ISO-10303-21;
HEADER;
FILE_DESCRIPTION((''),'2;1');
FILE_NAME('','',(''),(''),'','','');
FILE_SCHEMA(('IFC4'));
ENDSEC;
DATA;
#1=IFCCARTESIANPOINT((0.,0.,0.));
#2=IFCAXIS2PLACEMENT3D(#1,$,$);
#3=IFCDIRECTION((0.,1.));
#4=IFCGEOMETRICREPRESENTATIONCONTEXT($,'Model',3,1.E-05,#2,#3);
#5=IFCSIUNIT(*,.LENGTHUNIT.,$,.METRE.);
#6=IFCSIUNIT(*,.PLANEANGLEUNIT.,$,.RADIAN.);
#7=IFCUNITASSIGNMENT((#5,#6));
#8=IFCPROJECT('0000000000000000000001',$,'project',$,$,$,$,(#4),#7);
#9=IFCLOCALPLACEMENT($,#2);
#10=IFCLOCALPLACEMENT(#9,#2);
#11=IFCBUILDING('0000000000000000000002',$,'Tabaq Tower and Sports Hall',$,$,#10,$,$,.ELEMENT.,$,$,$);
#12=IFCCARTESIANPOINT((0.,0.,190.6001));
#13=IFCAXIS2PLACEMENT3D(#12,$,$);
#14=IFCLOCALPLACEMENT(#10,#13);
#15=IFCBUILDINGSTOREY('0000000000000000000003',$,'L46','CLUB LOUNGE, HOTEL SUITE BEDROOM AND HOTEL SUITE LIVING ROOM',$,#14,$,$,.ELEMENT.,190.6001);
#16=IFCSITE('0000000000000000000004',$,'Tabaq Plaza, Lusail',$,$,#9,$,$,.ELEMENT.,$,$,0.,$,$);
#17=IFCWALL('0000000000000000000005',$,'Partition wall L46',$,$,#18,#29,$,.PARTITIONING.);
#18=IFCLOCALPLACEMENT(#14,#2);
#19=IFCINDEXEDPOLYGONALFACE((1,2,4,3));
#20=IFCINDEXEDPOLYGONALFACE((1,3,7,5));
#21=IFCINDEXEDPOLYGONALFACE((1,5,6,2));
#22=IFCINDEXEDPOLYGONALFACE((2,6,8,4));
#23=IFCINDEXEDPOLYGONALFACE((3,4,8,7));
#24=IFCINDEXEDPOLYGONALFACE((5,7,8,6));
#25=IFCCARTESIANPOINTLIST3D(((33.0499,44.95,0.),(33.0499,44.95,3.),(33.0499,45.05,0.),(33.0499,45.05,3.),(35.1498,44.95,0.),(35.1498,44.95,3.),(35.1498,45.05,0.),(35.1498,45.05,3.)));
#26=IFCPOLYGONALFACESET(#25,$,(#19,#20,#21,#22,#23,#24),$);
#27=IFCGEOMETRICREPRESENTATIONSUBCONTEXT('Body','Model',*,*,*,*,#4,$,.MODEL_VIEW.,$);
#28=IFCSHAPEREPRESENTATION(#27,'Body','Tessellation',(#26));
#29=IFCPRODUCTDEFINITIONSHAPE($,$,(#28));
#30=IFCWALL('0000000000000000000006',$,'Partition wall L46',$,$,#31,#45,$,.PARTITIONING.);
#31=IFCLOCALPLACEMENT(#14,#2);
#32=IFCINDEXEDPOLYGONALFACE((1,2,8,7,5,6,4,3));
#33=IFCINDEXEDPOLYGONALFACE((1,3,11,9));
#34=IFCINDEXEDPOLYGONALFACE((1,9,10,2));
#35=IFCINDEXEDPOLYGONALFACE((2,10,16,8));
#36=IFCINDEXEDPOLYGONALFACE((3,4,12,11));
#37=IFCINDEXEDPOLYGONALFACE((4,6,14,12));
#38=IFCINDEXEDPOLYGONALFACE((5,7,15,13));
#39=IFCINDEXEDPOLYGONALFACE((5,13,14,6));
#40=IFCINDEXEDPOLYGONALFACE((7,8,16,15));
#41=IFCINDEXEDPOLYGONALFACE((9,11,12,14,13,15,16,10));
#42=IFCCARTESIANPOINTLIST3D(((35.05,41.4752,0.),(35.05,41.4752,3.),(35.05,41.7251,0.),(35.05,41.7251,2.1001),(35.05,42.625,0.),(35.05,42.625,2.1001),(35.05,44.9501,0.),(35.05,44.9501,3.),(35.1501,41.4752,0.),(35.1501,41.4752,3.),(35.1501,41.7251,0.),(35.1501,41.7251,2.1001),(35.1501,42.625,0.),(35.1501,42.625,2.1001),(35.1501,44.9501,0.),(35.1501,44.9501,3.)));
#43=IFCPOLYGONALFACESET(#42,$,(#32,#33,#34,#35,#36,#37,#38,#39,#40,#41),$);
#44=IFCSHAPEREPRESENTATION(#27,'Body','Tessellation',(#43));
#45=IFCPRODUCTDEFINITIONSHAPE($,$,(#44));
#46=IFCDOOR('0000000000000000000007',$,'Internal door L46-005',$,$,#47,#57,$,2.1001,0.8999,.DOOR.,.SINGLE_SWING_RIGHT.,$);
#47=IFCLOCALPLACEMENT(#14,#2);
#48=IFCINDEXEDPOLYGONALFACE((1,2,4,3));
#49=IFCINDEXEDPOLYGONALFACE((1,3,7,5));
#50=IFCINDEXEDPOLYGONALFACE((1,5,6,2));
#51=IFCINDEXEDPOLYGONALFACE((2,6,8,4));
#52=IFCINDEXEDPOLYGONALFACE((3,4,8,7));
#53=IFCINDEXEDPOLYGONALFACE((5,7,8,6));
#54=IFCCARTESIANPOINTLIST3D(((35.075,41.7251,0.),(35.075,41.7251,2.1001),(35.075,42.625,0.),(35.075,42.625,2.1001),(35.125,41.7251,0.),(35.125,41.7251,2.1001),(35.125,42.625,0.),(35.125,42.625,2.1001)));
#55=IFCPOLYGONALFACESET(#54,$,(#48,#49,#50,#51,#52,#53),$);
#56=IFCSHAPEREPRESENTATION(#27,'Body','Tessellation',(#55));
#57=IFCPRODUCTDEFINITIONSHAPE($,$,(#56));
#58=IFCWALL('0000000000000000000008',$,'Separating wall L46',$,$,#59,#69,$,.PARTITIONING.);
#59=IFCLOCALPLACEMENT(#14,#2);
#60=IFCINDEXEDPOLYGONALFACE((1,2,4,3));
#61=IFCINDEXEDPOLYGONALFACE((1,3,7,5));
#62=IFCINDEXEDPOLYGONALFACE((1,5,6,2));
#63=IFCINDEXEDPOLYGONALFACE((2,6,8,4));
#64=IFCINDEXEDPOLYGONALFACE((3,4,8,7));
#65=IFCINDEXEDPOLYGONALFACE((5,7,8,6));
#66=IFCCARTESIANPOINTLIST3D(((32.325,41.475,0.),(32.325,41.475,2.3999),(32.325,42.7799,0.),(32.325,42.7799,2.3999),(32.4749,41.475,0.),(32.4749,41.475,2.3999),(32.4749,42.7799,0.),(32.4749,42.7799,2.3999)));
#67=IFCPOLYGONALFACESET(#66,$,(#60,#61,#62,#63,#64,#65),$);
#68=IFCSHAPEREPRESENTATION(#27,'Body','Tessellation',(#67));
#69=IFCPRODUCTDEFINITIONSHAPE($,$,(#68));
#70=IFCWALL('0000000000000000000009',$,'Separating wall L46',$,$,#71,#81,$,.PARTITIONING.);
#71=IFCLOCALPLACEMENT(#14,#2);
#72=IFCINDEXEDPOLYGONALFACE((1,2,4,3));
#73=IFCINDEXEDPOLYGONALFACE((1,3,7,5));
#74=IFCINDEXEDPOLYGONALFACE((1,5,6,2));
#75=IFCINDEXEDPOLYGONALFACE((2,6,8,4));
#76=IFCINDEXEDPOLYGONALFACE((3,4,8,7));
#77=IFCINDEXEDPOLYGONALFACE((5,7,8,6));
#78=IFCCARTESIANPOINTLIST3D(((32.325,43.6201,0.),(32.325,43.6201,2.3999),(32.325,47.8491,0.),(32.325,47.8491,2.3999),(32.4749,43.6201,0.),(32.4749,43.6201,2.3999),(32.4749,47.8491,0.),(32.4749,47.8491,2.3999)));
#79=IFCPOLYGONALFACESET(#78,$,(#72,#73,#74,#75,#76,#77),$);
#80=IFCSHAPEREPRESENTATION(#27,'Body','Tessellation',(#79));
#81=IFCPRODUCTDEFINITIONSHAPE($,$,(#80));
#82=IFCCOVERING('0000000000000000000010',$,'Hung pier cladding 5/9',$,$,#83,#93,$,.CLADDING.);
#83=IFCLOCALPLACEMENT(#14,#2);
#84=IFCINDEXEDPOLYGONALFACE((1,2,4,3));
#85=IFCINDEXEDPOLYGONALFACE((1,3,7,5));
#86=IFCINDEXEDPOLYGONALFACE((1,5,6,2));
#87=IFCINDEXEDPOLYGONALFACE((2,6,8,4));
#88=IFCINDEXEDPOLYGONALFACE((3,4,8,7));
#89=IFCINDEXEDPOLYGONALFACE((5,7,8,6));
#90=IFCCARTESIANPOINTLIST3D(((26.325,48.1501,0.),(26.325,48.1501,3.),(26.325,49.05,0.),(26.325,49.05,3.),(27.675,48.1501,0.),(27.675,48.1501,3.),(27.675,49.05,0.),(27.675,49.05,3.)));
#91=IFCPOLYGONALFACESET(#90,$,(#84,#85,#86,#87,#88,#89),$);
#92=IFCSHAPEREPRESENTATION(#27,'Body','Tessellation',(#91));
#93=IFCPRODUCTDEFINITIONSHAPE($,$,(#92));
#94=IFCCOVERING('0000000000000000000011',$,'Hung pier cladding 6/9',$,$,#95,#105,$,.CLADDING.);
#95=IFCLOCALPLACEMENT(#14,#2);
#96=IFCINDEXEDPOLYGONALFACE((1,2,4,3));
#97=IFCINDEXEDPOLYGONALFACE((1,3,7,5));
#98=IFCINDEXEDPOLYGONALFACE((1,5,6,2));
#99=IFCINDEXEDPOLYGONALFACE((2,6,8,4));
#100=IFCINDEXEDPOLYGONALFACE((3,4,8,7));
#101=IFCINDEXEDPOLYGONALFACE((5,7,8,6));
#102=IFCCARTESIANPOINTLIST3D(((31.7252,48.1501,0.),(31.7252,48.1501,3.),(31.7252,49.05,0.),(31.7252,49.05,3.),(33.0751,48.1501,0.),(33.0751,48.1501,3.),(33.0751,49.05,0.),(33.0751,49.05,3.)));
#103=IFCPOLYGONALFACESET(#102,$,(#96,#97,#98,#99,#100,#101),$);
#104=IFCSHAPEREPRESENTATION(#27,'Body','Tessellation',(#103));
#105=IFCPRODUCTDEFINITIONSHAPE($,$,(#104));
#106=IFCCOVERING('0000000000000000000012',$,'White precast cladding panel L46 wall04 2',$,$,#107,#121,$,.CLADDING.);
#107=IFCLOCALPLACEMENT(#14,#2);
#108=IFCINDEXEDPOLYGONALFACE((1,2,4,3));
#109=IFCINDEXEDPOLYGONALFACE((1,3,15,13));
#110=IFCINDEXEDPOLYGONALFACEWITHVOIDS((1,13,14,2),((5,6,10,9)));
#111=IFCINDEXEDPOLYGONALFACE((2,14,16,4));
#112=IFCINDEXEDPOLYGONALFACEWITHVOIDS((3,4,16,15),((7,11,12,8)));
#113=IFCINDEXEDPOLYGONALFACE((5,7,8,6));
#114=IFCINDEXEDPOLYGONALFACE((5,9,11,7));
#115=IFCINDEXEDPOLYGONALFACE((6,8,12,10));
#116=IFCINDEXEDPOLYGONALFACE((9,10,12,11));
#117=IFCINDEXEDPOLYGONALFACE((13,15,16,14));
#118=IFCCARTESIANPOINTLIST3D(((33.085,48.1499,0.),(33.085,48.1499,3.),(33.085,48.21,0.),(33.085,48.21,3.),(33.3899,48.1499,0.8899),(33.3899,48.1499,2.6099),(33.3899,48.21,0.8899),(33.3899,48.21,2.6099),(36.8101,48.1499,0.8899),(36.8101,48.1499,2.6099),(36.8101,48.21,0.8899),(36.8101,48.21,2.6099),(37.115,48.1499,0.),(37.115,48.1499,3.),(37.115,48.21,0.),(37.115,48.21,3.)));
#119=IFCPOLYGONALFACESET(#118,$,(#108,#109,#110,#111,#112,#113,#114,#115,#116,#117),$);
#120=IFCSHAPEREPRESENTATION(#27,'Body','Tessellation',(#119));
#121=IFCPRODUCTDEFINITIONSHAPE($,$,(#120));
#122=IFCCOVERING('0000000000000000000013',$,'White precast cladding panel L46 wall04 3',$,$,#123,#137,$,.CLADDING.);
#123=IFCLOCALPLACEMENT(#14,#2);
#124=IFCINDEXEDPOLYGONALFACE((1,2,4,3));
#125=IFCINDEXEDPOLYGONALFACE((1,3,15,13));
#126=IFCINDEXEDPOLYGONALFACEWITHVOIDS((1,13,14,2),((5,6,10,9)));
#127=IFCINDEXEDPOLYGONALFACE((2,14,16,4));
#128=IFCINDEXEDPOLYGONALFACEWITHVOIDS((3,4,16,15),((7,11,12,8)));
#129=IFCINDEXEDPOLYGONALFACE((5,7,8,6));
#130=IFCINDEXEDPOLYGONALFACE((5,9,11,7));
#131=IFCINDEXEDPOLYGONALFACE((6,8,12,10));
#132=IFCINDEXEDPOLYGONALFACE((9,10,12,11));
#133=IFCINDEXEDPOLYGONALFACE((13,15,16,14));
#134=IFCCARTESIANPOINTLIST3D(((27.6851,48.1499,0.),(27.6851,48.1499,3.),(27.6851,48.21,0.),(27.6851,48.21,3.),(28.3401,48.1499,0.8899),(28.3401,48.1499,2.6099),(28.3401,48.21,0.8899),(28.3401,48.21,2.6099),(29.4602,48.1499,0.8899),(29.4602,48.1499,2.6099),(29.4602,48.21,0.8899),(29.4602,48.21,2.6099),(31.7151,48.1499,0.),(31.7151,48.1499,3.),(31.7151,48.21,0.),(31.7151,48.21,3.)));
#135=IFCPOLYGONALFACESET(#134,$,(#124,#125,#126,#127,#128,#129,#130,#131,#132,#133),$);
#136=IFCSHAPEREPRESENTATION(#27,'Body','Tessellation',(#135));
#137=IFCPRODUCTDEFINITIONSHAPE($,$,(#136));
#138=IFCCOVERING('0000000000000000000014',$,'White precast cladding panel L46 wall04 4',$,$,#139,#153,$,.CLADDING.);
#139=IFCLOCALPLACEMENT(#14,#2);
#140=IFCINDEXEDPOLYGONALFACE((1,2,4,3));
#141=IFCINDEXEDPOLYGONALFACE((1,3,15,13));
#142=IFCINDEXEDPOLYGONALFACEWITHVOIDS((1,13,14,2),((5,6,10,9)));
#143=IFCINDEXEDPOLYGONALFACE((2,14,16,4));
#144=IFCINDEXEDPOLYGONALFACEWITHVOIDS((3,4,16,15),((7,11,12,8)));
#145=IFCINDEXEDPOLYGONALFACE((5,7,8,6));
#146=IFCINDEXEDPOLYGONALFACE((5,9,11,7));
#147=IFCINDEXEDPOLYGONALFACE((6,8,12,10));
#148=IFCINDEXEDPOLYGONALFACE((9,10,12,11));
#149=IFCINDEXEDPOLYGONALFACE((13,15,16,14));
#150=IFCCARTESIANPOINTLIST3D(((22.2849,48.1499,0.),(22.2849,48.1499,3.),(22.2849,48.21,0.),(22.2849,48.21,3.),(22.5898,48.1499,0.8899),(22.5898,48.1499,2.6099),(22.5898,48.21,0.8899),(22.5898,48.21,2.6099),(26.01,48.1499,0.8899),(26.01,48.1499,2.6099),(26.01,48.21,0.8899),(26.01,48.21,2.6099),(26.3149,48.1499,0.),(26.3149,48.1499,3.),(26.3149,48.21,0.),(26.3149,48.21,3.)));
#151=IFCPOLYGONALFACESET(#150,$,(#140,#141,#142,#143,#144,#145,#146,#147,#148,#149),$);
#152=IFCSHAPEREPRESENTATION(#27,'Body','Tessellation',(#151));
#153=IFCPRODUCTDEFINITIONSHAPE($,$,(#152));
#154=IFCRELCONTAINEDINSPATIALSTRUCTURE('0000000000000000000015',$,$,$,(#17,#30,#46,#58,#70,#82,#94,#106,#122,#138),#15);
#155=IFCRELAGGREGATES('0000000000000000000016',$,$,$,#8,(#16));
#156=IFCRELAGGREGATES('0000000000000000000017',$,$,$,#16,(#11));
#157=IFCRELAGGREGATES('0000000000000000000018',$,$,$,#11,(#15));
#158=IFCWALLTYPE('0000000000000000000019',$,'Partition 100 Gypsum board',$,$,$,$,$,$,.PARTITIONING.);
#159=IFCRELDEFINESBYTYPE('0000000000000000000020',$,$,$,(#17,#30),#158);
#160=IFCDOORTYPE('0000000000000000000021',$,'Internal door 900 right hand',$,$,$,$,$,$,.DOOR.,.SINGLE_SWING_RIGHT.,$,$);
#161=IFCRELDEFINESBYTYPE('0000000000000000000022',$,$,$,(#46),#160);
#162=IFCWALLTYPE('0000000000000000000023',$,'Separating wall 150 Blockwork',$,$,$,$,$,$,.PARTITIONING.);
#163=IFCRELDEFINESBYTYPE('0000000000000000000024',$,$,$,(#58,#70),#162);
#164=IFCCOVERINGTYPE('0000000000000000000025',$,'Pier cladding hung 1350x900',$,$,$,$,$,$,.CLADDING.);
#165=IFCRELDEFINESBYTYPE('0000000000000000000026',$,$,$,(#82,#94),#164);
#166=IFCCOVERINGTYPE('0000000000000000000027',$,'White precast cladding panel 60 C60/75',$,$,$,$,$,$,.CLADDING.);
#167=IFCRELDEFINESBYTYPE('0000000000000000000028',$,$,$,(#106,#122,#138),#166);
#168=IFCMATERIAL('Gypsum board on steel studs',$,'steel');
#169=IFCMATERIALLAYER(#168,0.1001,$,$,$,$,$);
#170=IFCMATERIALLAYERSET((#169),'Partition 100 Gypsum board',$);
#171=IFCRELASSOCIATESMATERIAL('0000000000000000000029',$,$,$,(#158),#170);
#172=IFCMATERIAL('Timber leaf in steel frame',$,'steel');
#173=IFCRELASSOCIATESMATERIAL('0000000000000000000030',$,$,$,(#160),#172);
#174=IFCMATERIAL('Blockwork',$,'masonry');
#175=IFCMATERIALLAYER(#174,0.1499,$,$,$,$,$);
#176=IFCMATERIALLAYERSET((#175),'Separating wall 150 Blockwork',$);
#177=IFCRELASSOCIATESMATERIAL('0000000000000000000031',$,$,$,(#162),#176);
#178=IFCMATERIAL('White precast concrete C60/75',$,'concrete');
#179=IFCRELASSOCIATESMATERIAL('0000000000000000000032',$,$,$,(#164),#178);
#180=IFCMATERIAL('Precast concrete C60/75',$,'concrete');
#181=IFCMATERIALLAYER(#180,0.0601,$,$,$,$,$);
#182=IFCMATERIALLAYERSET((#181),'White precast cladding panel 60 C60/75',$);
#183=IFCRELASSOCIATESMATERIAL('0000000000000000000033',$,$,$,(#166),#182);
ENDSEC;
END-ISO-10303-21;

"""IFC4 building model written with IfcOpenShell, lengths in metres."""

from ifc_helpers import new_model, si_unit, direction, frame, frame_2d, origin, place, context, subcontext, project, spatial, polyline, rectangle, outline, extrude, material, layer, layer_set, type_object, element, fill, save


model = new_model("IFC4")

# Units and contexts
model_context = context("Model", 3, precision=1e-05, world=origin(), true_north=direction((0.0, 1.0)))
body_context = subcontext(model_context, "Body", "Model", "MODEL_VIEW")
ifc_project = project(units=[si_unit("LENGTHUNIT", "METRE"), si_unit("PLANEANGLEUNIT", "RADIAN")], contexts=[model_context])

# Site, building, storey
site_placement = place(None, origin())
site = spatial("IfcSite", under=ifc_project, at=site_placement, Name="Tabaq Plaza, Lusail", CompositionType="ELEMENT", RefElevation=0.0)
building_placement = place(site_placement, origin())
building = spatial("IfcBuilding", under=site, at=building_placement, Name="Tabaq Tower and Sports Hall", CompositionType="ELEMENT")
storey_placement = place(building_placement, frame((0.0, 0.0, 190.6001)))
storey = spatial("IfcBuildingStorey", under=building, at=storey_placement, Name="L46", Description="CLUB LOUNGE, HOTEL SUITE BEDROOM AND HOTEL SUITE LIVING ROOM", CompositionType="ELEMENT", Elevation=190.6001)

# Shared definitions
ifc_material_1 = material(Name="Gypsum board on steel studs", Category="steel")
ifc_layer_1 = layer(ifc_material_1, 0.1001)
ifc_layer_set_1 = layer_set([ifc_layer_1], Name="Partition 100 Gypsum board")
wall_type_1 = type_object("IfcWallType", Name="Partition 100 Gypsum board", PredefinedType="PARTITIONING", material=ifc_layer_set_1)

# Shared definitions
ifc_material_2 = material(Name="Timber leaf in steel frame", Category="steel")
door_type_1 = type_object("IfcDoorType", Name="Internal door 900 right hand", OperationType="SINGLE_SWING_RIGHT", PredefinedType="DOOR", material=ifc_material_2)

# Wall
wall_1_placement = place(storey_placement, frame((33.05, 45.0, 0.0), z_axis=(0.0, 0.0, 1.0), x_axis=(1.0, 0.0, 0.0)))
element("IfcWall", 1, at=wall_1_placement, inside=storey, type_object=wall_type_1, Name="Partition wall L46", PredefinedType="PARTITIONING", context=body_context, shape_type="SweptSolid", body=[
    extrude(rectangle(XDim=2.0999, YDim=0.1001, at=frame_2d((1.0498, 0.0))), origin(), (0.0, 0.0, 1.0), 3.0),
])

# Wall, opening, door
wall_2_placement = place(storey_placement, frame((35.1001, 44.95, 0.0), z_axis=(0.0, 0.0, 1.0), x_axis=(0.0, -1.0, 0.0)))
wall_2 = element("IfcWall", 2, at=wall_2_placement, inside=storey, type_object=wall_type_1, Name="Partition wall L46", PredefinedType="PARTITIONING", context=body_context, shape_type="SweptSolid", body=[
    extrude(rectangle(XDim=3.4749, YDim=0.1001, at=frame_2d((1.7373, 0.0))), origin(), (0.0, 0.0, 1.0), 3.0),
])
opening_1_placement = place(wall_2_placement, frame((2.325, 0.0, 0.0)))
opening_1 = element("IfcOpeningElement", 3, at=opening_1_placement, cuts=wall_2, PredefinedType="OPENING", context=body_context, shape_type="SweptSolid", body=[
    extrude(rectangle(XDim=0.8999, YDim=2.1001, at=frame_2d((0.45, 1.05))), frame((0.0, 0.05, 0.0), z_axis=(0.0, -1.0, 0.0), x_axis=(1.0, 0.0, 0.0)), (0.0, 0.0, 1.0), 0.1001),
])
door_1_placement = place(opening_1_placement, origin())
door_1 = element("IfcDoor", 4, at=door_1_placement, inside=storey, type_object=door_type_1, Name="Internal door L46-005", OperationType="SINGLE_SWING_RIGHT", OverallHeight=2.1001, OverallWidth=0.8999, PredefinedType="DOOR", context=body_context, shape_type="SweptSolid", body=[
    extrude(rectangle(XDim=0.8999, YDim=2.1001, at=frame_2d((0.45, 1.05))), frame((0.0, 0.0249, 0.0), z_axis=(0.0, -1.0, 0.0), x_axis=(1.0, 0.0, 0.0)), (0.0, 0.0, 1.0), 0.05),
])
fill(opening_1, door_1)

# Walls
ifc_material_3 = material(Name="Blockwork", Category="masonry")
ifc_layer_2 = layer(ifc_material_3, 0.1499)
ifc_layer_set_2 = layer_set([ifc_layer_2], Name="Separating wall 150 Blockwork")
wall_type_2 = type_object("IfcWallType", Name="Separating wall 150 Blockwork", PredefinedType="PARTITIONING", material=ifc_layer_set_2)
wall_3_placement = place(storey_placement, frame((32.3999, 41.4751, 0.0), z_axis=(0.0, 0.0, 1.0), x_axis=(0.0, 1.0, 0.0)))
element("IfcWall", 5, at=wall_3_placement, inside=storey, type_object=wall_type_2, Name="Separating wall L46", PredefinedType="PARTITIONING", context=body_context, shape_type="SweptSolid", body=[
    extrude(rectangle(XDim=1.3049, YDim=0.1499, at=frame_2d((0.6523, 0.0))), origin(), (0.0, 0.0, 1.0), 2.3999),
])
wall_4_placement = place(storey_placement, frame((32.3999, 43.6201, 0.0), z_axis=(0.0, 0.0, 1.0), x_axis=(0.0, 1.0, 0.0)))
element("IfcWall", 6, at=wall_4_placement, inside=storey, type_object=wall_type_2, Name="Separating wall L46", PredefinedType="PARTITIONING", context=body_context, shape_type="SweptSolid", body=[
    extrude(rectangle(XDim=4.229, YDim=0.1499, at=frame_2d((2.1145, 0.0))), origin(), (0.0, 0.0, 1.0), 2.3999),
])

# Coverings
ifc_material_4 = material(Name="White precast concrete C60/75", Category="concrete")
covering_type_1 = type_object("IfcCoveringType", Name="Pier cladding hung 1350x900", PredefinedType="CLADDING", material=ifc_material_4)
covering_1_placement = place(storey_placement, frame((27.675, 48.6001, 0.0), z_axis=(0.0, 0.0, 1.0), x_axis=(-1.0, 0.0, 0.0)))
element("IfcCovering", 7, at=covering_1_placement, inside=storey, type_object=covering_type_1, Name="Hung pier cladding 5/9", PredefinedType="CLADDING", context=body_context, shape_type="SweptSolid", body=[
    extrude(rectangle(XDim=1.3501, YDim=0.8999, at=frame_2d((0.675, 0.0))), origin(), (0.0, 0.0, 1.0), 3.0),
])
covering_2_placement = place(storey_placement, frame((33.075, 48.6001, 0.0), z_axis=(0.0, 0.0, 1.0), x_axis=(-1.0, 0.0, 0.0)))
element("IfcCovering", 8, at=covering_2_placement, inside=storey, type_object=covering_type_1, Name="Hung pier cladding 6/9", PredefinedType="CLADDING", context=body_context, shape_type="SweptSolid", body=[
    extrude(rectangle(XDim=1.3499, YDim=0.8999, at=frame_2d((0.6748, 0.0))), origin(), (0.0, 0.0, 1.0), 3.0),
])
ifc_material_5 = material(Name="Precast concrete C60/75", Category="concrete")
ifc_layer_3 = layer(ifc_material_5, 0.0601)
ifc_layer_set_3 = layer_set([ifc_layer_3], Name="White precast cladding panel 60 C60/75")
covering_type_2 = type_object("IfcCoveringType", Name="White precast cladding panel 60 C60/75", PredefinedType="CLADDING", material=ifc_layer_set_3)
covering_3_placement = place(storey_placement, frame((37.115, 48.1799, 0.0), z_axis=(0.0, 0.0, 1.0), x_axis=(-1.0, 0.0, 0.0)))
element("IfcCovering", 9, at=covering_3_placement, inside=storey, type_object=covering_type_2, Name="White precast cladding panel L46 wall04 2", PredefinedType="CLADDING", context=body_context, shape_type="SweptSolid", body=[
    extrude(outline(polyline([(0.0, 0.0), (4.03, 0.0), (4.03, 3.0), (0.0, 3.0), (0.0, 0.0)]), holes=[polyline([(0.3049, 0.8899), (0.3049, 2.6099), (3.7251, 2.6099), (3.7251, 0.8899), (0.3049, 0.8899)])]), frame((0.0, 0.03, 0.0), z_axis=(0.0, -1.0, 0.0), x_axis=(1.0, 0.0, 0.0)), (0.0, 0.0, 1.0), 0.0601),
])
covering_4_placement = place(storey_placement, frame((31.7151, 48.1799, 0.0), z_axis=(0.0, 0.0, 1.0), x_axis=(-1.0, 0.0, 0.0)))
element("IfcCovering", 10, at=covering_4_placement, inside=storey, type_object=covering_type_2, Name="White precast cladding panel L46 wall04 3", PredefinedType="CLADDING", context=body_context, shape_type="SweptSolid", body=[
    extrude(outline(polyline([(0.0, 0.0), (4.03, 0.0), (4.03, 3.0), (0.0, 3.0), (0.0, 0.0)]), holes=[polyline([(2.2549, 0.8899), (2.2549, 2.6099), (3.375, 2.6099), (3.375, 0.8899), (2.2549, 0.8899)])]), frame((0.0, 0.03, 0.0), z_axis=(0.0, -1.0, 0.0), x_axis=(1.0, 0.0, 0.0)), (0.0, 0.0, 1.0), 0.0601),
])
covering_5_placement = place(storey_placement, frame((26.3149, 48.1799, 0.0), z_axis=(0.0, 0.0, 1.0), x_axis=(-1.0, 0.0, 0.0)))
element("IfcCovering", 11, at=covering_5_placement, inside=storey, type_object=covering_type_2, Name="White precast cladding panel L46 wall04 4", PredefinedType="CLADDING", context=body_context, shape_type="SweptSolid", body=[
    extrude(outline(polyline([(0.0, 0.0), (4.03, 0.0), (4.03, 3.0), (0.0, 3.0), (0.0, 0.0)]), holes=[polyline([(0.3049, 0.8899), (0.3049, 2.6099), (3.7251, 2.6099), (3.7251, 0.8899), (0.3049, 0.8899)])]), frame((0.0, 0.03, 0.0), z_axis=(0.0, -1.0, 0.0), x_axis=(1.0, 0.0, 0.0)), (0.0, 0.0, 1.0), 0.0601),
])

save(model, "model.ifc")
